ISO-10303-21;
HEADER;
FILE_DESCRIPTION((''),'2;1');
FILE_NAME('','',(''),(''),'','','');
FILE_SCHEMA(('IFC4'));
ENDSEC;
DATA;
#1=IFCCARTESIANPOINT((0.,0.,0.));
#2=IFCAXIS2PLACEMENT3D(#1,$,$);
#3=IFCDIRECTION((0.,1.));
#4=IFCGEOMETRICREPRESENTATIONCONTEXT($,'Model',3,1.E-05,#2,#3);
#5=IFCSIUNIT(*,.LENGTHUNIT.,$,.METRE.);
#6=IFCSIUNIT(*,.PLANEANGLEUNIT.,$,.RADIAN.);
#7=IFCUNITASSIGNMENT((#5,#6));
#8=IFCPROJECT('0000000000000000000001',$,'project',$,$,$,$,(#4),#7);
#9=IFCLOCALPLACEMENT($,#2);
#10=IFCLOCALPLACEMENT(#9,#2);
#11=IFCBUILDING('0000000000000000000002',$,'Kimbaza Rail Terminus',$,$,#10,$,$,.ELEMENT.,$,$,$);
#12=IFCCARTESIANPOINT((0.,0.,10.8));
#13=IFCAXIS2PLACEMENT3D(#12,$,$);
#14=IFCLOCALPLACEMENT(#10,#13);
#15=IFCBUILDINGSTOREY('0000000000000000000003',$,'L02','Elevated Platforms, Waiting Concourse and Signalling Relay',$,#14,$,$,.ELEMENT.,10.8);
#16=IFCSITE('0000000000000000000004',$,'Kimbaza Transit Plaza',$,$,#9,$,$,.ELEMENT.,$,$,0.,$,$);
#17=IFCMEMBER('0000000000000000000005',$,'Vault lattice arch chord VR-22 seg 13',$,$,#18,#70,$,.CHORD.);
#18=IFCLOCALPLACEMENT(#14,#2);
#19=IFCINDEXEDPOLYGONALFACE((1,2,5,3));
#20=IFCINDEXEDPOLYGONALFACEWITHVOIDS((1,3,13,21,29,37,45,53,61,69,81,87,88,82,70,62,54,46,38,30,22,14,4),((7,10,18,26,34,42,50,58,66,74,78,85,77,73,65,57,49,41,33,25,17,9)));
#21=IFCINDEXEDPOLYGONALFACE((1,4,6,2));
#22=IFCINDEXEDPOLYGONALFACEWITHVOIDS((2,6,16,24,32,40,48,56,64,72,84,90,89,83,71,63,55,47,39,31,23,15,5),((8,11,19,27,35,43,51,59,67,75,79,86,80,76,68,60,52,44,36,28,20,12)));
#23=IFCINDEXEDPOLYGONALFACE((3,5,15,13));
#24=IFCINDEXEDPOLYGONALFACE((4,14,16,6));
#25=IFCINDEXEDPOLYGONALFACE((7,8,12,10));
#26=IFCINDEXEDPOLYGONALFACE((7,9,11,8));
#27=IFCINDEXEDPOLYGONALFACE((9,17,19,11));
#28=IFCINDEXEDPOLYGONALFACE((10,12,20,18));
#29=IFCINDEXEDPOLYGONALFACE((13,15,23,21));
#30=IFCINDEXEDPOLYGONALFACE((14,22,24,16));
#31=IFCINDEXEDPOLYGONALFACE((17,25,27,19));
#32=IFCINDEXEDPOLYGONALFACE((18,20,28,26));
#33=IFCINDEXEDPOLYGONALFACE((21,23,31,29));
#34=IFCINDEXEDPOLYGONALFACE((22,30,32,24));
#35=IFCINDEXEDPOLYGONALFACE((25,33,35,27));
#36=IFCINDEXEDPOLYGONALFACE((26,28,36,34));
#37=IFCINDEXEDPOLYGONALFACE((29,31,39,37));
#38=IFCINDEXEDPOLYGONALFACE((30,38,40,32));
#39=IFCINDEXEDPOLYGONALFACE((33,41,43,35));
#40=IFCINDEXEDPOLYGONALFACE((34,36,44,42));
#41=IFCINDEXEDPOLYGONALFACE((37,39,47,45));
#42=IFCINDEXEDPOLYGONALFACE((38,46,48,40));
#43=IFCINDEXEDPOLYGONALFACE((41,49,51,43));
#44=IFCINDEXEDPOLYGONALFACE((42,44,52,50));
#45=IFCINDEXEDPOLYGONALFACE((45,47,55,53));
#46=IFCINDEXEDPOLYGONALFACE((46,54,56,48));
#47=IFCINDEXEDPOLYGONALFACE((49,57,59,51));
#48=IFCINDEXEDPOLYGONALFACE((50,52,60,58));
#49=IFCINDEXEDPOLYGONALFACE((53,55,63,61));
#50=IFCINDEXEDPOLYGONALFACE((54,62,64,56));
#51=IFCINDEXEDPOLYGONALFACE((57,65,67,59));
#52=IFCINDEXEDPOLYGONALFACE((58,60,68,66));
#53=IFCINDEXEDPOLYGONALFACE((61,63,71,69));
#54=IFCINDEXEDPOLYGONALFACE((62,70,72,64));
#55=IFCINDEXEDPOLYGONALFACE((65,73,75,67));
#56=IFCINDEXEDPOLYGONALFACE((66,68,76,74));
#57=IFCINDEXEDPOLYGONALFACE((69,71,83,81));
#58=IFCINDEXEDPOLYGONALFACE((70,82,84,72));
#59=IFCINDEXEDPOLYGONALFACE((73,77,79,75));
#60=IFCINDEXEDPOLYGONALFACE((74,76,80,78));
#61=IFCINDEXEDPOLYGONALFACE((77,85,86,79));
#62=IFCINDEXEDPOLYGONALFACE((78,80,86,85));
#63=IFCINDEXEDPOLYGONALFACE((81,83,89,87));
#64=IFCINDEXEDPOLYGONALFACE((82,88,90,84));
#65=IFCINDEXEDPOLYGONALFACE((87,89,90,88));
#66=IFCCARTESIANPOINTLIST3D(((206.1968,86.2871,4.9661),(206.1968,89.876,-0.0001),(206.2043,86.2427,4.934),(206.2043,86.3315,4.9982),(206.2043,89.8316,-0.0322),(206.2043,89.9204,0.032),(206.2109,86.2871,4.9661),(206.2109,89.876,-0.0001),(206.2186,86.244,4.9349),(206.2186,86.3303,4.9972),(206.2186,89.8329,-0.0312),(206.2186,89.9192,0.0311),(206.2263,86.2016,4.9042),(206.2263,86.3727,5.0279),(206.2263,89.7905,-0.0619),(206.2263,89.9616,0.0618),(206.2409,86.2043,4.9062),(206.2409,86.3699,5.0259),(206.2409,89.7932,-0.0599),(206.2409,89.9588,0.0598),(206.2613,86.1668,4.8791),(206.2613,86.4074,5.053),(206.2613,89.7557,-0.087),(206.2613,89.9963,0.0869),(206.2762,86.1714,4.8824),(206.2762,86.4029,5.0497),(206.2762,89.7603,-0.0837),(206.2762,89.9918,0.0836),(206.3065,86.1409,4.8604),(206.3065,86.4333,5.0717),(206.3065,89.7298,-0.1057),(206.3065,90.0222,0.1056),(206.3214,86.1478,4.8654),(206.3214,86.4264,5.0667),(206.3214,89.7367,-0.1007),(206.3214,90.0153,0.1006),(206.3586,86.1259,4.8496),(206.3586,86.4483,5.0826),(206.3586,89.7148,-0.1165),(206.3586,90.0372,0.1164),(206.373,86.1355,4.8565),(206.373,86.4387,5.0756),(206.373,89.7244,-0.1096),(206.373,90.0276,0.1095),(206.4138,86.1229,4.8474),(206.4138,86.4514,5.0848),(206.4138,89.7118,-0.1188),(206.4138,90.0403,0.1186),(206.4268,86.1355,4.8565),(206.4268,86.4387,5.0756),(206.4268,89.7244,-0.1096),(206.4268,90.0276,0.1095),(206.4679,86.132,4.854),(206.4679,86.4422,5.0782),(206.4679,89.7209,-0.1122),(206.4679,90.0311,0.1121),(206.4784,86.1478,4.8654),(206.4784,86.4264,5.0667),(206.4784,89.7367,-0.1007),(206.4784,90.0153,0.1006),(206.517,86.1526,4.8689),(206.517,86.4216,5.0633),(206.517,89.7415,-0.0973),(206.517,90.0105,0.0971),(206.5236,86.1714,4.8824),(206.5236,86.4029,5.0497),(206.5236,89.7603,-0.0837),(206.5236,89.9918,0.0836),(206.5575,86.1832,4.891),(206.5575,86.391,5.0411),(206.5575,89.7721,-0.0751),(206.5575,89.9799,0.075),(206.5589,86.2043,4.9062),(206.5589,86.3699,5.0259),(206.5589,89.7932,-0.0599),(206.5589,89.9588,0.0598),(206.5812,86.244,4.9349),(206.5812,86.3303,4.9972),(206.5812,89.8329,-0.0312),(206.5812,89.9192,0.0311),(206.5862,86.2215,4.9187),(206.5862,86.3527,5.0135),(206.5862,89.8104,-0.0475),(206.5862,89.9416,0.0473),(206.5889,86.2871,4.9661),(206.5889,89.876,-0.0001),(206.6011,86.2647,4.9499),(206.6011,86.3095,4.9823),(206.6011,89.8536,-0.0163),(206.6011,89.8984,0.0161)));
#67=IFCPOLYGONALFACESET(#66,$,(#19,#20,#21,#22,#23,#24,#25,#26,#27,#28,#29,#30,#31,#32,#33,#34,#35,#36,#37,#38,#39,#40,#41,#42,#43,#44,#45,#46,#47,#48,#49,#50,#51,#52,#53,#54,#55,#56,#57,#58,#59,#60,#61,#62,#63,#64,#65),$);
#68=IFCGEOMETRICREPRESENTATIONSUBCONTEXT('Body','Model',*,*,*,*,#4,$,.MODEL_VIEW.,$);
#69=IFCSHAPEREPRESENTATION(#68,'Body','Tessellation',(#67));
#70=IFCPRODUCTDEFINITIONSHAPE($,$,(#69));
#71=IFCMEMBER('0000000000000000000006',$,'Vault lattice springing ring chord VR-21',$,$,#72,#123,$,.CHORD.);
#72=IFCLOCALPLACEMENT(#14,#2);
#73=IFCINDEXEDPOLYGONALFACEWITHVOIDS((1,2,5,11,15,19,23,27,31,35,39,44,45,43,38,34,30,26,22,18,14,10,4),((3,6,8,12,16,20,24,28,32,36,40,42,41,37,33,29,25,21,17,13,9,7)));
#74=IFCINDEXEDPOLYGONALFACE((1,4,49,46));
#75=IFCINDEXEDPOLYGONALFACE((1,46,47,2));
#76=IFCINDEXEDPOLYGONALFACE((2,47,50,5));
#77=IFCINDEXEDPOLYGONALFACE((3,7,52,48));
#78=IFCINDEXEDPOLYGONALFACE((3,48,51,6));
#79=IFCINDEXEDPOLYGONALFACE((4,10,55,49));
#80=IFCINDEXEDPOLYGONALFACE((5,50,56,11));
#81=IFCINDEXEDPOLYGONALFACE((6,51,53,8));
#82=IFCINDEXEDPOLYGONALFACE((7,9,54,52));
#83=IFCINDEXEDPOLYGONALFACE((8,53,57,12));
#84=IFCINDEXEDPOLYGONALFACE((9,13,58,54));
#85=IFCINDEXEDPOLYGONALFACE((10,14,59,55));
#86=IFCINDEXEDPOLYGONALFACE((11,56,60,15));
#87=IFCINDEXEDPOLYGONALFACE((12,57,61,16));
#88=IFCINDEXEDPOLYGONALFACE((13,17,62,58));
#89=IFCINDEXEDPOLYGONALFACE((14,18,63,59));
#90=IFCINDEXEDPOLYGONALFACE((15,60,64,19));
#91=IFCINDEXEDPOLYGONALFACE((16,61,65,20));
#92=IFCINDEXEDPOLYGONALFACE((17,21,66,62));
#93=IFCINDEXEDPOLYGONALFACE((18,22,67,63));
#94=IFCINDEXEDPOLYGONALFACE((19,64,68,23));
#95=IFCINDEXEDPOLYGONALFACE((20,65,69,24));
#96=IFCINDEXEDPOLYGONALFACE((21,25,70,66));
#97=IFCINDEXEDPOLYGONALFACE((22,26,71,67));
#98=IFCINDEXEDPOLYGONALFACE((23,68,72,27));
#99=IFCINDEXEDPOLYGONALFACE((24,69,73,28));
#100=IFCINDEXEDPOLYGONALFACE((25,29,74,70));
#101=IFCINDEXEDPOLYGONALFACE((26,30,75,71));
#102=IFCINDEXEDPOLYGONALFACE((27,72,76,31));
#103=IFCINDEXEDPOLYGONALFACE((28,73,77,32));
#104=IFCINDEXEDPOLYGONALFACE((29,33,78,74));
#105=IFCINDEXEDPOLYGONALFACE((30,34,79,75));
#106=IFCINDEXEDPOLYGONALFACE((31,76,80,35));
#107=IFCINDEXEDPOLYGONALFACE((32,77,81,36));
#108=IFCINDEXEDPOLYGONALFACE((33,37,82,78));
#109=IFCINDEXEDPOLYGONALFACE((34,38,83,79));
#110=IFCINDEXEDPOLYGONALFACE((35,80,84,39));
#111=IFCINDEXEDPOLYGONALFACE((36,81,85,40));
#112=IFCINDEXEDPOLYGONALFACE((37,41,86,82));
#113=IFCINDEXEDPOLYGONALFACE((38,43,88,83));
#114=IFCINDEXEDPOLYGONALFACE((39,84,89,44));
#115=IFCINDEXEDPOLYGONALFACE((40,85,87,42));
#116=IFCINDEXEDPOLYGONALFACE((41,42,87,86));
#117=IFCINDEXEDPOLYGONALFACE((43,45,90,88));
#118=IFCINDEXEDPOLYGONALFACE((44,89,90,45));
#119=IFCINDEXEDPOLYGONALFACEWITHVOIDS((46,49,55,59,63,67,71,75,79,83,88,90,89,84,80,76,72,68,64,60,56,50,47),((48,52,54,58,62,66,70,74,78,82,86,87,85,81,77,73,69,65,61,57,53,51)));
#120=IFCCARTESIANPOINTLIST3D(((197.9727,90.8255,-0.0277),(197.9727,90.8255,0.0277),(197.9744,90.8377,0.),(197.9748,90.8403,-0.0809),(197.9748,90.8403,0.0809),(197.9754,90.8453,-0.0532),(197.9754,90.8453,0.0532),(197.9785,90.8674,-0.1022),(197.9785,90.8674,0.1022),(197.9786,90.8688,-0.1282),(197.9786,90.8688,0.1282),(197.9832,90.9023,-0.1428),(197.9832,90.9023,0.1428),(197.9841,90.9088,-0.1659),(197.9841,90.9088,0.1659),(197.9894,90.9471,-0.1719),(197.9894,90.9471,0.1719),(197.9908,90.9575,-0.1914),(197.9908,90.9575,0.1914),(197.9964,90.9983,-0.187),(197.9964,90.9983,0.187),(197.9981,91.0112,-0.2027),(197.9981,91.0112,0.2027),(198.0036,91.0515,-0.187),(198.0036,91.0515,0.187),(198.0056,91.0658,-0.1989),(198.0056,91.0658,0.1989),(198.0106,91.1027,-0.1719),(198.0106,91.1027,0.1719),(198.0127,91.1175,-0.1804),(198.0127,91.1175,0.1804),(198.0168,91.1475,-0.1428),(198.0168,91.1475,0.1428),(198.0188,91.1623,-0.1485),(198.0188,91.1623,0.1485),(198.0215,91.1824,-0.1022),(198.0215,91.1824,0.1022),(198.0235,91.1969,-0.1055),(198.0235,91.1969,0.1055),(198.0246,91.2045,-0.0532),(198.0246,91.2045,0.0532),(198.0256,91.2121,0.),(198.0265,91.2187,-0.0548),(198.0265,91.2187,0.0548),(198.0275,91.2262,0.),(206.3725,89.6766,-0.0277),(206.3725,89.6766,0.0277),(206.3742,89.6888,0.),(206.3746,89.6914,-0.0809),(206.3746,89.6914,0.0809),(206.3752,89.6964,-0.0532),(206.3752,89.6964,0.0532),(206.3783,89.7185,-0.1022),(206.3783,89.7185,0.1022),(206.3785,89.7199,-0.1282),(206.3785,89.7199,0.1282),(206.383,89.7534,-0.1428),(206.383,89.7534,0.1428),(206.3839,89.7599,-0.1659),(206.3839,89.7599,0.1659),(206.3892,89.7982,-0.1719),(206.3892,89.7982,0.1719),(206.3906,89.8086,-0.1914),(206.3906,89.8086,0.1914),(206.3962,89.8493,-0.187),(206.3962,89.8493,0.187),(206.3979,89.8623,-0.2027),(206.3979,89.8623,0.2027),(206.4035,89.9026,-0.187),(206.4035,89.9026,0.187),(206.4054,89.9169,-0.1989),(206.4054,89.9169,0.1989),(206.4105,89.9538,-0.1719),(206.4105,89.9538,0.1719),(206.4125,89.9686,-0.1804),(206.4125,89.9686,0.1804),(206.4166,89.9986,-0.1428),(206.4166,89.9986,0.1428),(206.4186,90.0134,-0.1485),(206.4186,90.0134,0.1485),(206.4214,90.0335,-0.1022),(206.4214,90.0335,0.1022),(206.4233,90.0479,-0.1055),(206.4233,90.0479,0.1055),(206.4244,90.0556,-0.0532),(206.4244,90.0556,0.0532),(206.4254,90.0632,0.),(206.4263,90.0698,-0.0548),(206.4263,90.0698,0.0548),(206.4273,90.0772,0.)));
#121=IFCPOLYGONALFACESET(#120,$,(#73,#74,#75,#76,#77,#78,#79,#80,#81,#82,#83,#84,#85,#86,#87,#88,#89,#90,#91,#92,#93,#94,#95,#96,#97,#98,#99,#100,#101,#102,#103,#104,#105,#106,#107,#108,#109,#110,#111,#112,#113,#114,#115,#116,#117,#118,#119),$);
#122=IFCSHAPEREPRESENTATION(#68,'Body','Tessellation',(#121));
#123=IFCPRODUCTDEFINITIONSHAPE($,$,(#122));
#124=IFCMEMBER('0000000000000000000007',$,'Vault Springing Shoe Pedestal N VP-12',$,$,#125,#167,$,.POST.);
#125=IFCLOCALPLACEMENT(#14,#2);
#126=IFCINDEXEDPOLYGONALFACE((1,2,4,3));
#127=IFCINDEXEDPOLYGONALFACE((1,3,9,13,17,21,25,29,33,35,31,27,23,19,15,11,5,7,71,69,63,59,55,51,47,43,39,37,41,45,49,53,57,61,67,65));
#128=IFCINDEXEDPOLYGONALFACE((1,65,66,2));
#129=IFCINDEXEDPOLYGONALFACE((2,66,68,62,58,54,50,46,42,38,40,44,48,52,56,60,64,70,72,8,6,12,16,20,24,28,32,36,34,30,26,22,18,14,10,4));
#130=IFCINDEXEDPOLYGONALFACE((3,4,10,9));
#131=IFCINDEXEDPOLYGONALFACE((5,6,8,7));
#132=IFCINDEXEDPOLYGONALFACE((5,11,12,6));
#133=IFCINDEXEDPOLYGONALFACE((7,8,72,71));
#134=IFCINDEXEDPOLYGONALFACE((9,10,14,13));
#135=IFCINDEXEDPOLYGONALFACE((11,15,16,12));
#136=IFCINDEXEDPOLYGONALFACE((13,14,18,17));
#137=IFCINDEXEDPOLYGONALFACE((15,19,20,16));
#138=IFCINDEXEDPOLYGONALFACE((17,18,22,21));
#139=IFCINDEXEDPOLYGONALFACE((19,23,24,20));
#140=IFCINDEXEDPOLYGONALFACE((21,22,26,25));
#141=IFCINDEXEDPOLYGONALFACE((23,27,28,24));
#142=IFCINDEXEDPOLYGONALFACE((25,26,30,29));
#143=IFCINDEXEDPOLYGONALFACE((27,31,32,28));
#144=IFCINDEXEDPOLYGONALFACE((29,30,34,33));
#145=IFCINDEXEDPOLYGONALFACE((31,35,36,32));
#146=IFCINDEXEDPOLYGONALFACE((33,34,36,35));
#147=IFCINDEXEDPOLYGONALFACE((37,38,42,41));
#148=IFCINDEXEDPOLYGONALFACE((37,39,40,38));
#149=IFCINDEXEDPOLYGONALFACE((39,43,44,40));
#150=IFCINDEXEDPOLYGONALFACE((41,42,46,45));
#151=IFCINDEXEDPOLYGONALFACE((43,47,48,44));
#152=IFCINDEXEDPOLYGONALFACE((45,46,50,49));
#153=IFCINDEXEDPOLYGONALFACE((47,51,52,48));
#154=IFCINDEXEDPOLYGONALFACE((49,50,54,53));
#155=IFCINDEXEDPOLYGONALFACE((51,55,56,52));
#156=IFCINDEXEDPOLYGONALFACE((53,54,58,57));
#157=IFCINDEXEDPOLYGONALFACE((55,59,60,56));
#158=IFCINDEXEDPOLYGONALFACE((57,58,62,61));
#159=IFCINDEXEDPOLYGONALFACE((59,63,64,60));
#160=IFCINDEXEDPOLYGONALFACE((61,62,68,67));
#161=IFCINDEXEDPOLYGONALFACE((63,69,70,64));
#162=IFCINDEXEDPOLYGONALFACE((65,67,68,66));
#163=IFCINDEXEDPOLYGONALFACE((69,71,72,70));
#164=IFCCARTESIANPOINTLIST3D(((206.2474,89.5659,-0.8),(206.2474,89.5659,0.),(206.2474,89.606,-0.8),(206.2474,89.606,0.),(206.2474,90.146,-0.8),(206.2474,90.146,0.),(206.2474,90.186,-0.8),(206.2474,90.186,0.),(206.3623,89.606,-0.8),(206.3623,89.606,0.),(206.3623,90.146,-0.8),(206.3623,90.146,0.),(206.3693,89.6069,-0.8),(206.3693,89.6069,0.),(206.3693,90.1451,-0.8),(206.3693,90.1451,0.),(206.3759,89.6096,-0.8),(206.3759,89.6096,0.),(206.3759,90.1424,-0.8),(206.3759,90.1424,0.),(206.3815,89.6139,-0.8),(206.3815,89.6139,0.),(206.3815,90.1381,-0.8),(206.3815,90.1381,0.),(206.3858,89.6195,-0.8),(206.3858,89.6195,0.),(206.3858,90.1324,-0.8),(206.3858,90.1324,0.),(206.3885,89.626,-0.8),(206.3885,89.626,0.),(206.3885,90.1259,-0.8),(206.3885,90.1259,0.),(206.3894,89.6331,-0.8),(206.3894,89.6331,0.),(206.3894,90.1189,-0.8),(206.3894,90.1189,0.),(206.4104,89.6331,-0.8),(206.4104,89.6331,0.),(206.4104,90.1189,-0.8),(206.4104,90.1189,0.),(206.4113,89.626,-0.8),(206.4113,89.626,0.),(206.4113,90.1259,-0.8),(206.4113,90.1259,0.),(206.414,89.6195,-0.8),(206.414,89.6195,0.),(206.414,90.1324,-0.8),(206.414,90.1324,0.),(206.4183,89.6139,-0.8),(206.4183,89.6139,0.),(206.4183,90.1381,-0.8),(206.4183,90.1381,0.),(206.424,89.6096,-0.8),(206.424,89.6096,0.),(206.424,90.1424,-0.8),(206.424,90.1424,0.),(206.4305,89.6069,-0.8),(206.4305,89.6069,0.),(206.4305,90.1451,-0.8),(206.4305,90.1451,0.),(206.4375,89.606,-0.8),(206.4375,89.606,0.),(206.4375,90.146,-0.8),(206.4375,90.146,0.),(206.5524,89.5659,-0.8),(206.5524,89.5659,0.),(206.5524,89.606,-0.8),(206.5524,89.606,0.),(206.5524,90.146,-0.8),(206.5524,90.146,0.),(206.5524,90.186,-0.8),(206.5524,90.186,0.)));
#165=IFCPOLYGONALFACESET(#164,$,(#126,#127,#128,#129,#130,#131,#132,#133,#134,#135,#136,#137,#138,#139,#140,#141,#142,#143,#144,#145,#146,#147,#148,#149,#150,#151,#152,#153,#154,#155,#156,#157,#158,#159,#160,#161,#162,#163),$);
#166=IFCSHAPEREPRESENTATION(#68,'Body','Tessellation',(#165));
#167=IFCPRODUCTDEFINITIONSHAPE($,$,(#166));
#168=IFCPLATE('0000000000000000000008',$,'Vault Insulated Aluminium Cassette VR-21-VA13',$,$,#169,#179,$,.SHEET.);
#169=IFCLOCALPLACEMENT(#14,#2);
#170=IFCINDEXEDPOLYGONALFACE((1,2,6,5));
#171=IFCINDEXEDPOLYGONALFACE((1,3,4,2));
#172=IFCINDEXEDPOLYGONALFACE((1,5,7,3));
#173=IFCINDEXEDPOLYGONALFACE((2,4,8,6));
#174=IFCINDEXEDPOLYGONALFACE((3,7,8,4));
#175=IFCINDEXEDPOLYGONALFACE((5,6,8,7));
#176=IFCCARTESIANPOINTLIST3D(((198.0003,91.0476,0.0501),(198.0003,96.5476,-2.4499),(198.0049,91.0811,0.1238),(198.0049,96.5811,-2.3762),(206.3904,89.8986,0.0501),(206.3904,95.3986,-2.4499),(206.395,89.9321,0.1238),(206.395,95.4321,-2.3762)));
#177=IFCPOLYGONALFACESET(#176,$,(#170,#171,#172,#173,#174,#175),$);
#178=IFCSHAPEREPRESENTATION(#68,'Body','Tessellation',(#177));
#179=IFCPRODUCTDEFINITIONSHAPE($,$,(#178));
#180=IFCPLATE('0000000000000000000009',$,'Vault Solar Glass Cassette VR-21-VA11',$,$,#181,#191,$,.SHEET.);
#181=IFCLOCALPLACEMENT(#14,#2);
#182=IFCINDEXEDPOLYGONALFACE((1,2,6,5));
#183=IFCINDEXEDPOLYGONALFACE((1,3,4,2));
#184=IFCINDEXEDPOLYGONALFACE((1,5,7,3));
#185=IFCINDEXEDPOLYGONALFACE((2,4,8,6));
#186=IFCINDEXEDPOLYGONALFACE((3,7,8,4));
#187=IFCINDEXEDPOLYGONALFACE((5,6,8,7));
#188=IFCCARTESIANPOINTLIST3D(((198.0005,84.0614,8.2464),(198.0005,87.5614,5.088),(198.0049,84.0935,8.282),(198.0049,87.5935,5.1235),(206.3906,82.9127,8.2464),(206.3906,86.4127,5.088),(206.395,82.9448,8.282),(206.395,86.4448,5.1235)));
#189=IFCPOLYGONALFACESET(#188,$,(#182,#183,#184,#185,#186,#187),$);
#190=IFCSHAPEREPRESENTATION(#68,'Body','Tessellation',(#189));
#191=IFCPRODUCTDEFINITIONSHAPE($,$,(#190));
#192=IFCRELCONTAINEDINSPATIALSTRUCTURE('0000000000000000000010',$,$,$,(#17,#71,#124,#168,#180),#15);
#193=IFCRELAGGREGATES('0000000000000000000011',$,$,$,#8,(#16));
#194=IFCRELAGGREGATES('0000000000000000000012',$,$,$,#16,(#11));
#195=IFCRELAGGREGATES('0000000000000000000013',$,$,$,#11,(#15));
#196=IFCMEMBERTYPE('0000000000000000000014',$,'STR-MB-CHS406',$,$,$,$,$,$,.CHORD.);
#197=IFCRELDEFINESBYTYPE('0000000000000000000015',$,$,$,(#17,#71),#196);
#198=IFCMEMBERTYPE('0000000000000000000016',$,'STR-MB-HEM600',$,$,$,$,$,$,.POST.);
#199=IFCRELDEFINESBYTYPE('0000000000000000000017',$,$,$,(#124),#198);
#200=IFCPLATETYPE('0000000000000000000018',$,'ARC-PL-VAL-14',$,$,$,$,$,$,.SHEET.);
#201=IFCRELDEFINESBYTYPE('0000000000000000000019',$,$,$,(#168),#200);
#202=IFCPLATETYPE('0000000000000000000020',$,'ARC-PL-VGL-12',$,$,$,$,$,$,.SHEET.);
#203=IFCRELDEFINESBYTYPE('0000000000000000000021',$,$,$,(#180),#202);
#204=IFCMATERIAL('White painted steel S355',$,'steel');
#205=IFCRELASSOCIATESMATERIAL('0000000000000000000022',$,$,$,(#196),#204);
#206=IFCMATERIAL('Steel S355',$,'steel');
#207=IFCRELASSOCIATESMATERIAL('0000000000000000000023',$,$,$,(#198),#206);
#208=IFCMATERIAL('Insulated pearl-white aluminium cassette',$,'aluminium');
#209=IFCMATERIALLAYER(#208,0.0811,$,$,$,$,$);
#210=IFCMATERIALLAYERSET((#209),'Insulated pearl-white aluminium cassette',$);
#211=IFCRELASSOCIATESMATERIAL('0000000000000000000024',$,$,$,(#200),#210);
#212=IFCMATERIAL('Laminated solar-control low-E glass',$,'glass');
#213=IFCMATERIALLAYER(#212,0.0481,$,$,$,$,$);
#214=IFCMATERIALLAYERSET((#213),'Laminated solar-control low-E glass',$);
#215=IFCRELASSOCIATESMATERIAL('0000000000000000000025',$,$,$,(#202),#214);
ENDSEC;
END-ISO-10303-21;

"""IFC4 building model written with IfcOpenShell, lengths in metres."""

from ifc_helpers import new_model, si_unit, direction, frame, origin, origin_2d, place, context, subcontext, project, spatial, polyline, hollow_circle, i_section, outline, extrude, material, layer, layer_set, material_profile, profile_set, type_object, element, save


model = new_model("IFC4")

# Units and contexts
model_context = context("Model", 3, precision=1e-05, world=origin(), true_north=direction((0.0, 1.0)))
body_context = subcontext(model_context, "Body", "Model", "MODEL_VIEW")
ifc_project = project(units=[si_unit("LENGTHUNIT", "METRE"), si_unit("PLANEANGLEUNIT", "RADIAN")], contexts=[model_context])

# Site, building, storey
site_placement = place(None, origin())
site = spatial("IfcSite", under=ifc_project, at=site_placement, Name="Kimbaza Transit Plaza", CompositionType="ELEMENT", RefElevation=0.0)
building_placement = place(site_placement, origin())
building = spatial("IfcBuilding", under=site, at=building_placement, Name="Kimbaza Rail Terminus", CompositionType="ELEMENT")
storey_placement = place(building_placement, frame((0.0, 0.0, 10.8)))
storey = spatial("IfcBuildingStorey", under=building, at=storey_placement, Name="L02", Description="Elevated Platforms, Waiting Concourse and Signalling Relay", CompositionType="ELEMENT", Elevation=10.8)

# Members
ifc_material_1 = material(Name="White painted steel S355", Category="steel")
ifc_material_profile_1 = material_profile(ifc_material_1, hollow_circle(Radius=0.2031, WallThickness=0.0142, at=origin_2d()), Name="CHS 406.4x14.2")
ifc_profile_set_1 = profile_set([ifc_material_profile_1], Name="White painted steel S355")
member_type_1 = type_object("IfcMemberType", Name="STR-MB-CHS406", PredefinedType="CHORD", material=ifc_profile_set_1)
member_1_placement = place(storey_placement, frame((206.3999, 86.2871, 4.9661), z_axis=(0.0, 0.585733, -0.810504), x_axis=(-1.0, 0.0, 0.0)))
element("IfcMember", 1, at=member_1_placement, inside=storey, type_object=member_type_1, Name="Vault lattice arch chord VR-22 seg 13", PredefinedType="CHORD", context=body_context, shape_type="SweptSolid", body=[
    extrude(hollow_circle(Radius=0.2031, WallThickness=0.0142, at=origin_2d()), origin(), (0.0, 0.0, 1.0), 6.1272),
])
member_2_placement = place(storey_placement, frame((198.0, 91.0249, 0.0), z_axis=(0.990775, -0.135517, 0.0), x_axis=(0.135517, 0.990775, 0.0)))
element("IfcMember", 2, at=member_2_placement, inside=storey, type_object=member_type_1, Name="Vault lattice springing ring chord VR-21", PredefinedType="CHORD", context=body_context, shape_type="SweptSolid", body=[
    extrude(hollow_circle(Radius=0.2031, WallThickness=0.0142, at=origin_2d()), origin(), (0.0, 0.0, 1.0), 8.478),
])
ifc_material_2 = material(Name="Steel S355", Category="steel")
ifc_material_profile_2 = material_profile(ifc_material_2, i_section(OverallWidth=0.3049, OverallDepth=0.6201, WebThickness=0.021, FlangeThickness=0.04, FilletRadius=0.0271, at=origin_2d()), Name="HEM 600")
ifc_profile_set_2 = profile_set([ifc_material_profile_2], Name="Steel S355")
member_type_2 = type_object("IfcMemberType", Name="STR-MB-HEM600", PredefinedType="POST", material=ifc_profile_set_2)
member_3_placement = place(storey_placement, frame((206.3999, 89.876, -0.8), z_axis=(0.0, 0.0, 1.0), x_axis=(1.0, 0.0, 0.0)))
element("IfcMember", 3, at=member_3_placement, inside=storey, type_object=member_type_2, Name="Vault Springing Shoe Pedestal N VP-12", PredefinedType="POST", context=body_context, shape_type="SweptSolid", body=[
    extrude(i_section(OverallWidth=0.3049, OverallDepth=0.6201, WebThickness=0.021, FlangeThickness=0.04, FilletRadius=0.0271, at=origin_2d()), origin(), (0.0, 0.0, 1.0), 0.8),
])

# Plates
ifc_material_3 = material(Name="Insulated pearl-white aluminium cassette", Category="aluminium")
ifc_layer_1 = layer(ifc_material_3, 0.0811)
ifc_layer_set_1 = layer_set([ifc_layer_1], Name="Insulated pearl-white aluminium cassette")
plate_type_1 = type_object("IfcPlateType", Name="ARC-PL-VAL-14", PredefinedType="SHEET", material=ifc_layer_set_1)
plate_1_placement = place(storey_placement, frame((198.0049, 91.0811, 0.1238), z_axis=(0.056574, 0.41314, 0.908908), x_axis=(0.990754, -0.135672, 0.0)))
element("IfcPlate", 4, at=plate_1_placement, inside=storey, type_object=plate_type_1, Name="Vault Insulated Aluminium Cassette VR-21-VA13", PredefinedType="SHEET", context=body_context, shape_type="SweptSolid", body=[
    extrude(outline(polyline([(0.0, 0.0), (8.4684, 0.0), (7.7222, 5.9953), (-0.7462, 5.9953), (0.0, 0.0)])), origin(), (0.0, 0.0, -1.0), 0.0811),
])
ifc_material_4 = material(Name="Laminated solar-control low-E glass", Category="glass")
ifc_layer_2 = layer(ifc_material_4, 0.0481)
ifc_layer_set_2 = layer_set([ifc_layer_2], Name="Laminated solar-control low-E glass")
plate_type_2 = type_object("IfcPlateType", Name="ARC-PL-VGL-12", PredefinedType="SHEET", material=ifc_layer_set_2)
plate_2_placement = place(storey_placement, frame((198.0049, 84.0935, 8.282), z_axis=(0.091339, 0.667154, 0.739299), x_axis=(0.990758, -0.135643, 0.0)))
element("IfcPlate", 5, at=plate_2_placement, inside=storey, type_object=plate_type_2, Name="Vault Solar Glass Cassette VR-21-VA11", PredefinedType="SHEET", context=body_context, shape_type="SweptSolid", body=[
    extrude(outline(polyline([(0.0, 0.0), (8.4684, 0.0), (7.9937, 4.6905), (-0.4748, 4.6905), (0.0, 0.0)])), origin(), (0.0, 0.0, -1.0), 0.0481),
])

save(model, "model.ifc")
